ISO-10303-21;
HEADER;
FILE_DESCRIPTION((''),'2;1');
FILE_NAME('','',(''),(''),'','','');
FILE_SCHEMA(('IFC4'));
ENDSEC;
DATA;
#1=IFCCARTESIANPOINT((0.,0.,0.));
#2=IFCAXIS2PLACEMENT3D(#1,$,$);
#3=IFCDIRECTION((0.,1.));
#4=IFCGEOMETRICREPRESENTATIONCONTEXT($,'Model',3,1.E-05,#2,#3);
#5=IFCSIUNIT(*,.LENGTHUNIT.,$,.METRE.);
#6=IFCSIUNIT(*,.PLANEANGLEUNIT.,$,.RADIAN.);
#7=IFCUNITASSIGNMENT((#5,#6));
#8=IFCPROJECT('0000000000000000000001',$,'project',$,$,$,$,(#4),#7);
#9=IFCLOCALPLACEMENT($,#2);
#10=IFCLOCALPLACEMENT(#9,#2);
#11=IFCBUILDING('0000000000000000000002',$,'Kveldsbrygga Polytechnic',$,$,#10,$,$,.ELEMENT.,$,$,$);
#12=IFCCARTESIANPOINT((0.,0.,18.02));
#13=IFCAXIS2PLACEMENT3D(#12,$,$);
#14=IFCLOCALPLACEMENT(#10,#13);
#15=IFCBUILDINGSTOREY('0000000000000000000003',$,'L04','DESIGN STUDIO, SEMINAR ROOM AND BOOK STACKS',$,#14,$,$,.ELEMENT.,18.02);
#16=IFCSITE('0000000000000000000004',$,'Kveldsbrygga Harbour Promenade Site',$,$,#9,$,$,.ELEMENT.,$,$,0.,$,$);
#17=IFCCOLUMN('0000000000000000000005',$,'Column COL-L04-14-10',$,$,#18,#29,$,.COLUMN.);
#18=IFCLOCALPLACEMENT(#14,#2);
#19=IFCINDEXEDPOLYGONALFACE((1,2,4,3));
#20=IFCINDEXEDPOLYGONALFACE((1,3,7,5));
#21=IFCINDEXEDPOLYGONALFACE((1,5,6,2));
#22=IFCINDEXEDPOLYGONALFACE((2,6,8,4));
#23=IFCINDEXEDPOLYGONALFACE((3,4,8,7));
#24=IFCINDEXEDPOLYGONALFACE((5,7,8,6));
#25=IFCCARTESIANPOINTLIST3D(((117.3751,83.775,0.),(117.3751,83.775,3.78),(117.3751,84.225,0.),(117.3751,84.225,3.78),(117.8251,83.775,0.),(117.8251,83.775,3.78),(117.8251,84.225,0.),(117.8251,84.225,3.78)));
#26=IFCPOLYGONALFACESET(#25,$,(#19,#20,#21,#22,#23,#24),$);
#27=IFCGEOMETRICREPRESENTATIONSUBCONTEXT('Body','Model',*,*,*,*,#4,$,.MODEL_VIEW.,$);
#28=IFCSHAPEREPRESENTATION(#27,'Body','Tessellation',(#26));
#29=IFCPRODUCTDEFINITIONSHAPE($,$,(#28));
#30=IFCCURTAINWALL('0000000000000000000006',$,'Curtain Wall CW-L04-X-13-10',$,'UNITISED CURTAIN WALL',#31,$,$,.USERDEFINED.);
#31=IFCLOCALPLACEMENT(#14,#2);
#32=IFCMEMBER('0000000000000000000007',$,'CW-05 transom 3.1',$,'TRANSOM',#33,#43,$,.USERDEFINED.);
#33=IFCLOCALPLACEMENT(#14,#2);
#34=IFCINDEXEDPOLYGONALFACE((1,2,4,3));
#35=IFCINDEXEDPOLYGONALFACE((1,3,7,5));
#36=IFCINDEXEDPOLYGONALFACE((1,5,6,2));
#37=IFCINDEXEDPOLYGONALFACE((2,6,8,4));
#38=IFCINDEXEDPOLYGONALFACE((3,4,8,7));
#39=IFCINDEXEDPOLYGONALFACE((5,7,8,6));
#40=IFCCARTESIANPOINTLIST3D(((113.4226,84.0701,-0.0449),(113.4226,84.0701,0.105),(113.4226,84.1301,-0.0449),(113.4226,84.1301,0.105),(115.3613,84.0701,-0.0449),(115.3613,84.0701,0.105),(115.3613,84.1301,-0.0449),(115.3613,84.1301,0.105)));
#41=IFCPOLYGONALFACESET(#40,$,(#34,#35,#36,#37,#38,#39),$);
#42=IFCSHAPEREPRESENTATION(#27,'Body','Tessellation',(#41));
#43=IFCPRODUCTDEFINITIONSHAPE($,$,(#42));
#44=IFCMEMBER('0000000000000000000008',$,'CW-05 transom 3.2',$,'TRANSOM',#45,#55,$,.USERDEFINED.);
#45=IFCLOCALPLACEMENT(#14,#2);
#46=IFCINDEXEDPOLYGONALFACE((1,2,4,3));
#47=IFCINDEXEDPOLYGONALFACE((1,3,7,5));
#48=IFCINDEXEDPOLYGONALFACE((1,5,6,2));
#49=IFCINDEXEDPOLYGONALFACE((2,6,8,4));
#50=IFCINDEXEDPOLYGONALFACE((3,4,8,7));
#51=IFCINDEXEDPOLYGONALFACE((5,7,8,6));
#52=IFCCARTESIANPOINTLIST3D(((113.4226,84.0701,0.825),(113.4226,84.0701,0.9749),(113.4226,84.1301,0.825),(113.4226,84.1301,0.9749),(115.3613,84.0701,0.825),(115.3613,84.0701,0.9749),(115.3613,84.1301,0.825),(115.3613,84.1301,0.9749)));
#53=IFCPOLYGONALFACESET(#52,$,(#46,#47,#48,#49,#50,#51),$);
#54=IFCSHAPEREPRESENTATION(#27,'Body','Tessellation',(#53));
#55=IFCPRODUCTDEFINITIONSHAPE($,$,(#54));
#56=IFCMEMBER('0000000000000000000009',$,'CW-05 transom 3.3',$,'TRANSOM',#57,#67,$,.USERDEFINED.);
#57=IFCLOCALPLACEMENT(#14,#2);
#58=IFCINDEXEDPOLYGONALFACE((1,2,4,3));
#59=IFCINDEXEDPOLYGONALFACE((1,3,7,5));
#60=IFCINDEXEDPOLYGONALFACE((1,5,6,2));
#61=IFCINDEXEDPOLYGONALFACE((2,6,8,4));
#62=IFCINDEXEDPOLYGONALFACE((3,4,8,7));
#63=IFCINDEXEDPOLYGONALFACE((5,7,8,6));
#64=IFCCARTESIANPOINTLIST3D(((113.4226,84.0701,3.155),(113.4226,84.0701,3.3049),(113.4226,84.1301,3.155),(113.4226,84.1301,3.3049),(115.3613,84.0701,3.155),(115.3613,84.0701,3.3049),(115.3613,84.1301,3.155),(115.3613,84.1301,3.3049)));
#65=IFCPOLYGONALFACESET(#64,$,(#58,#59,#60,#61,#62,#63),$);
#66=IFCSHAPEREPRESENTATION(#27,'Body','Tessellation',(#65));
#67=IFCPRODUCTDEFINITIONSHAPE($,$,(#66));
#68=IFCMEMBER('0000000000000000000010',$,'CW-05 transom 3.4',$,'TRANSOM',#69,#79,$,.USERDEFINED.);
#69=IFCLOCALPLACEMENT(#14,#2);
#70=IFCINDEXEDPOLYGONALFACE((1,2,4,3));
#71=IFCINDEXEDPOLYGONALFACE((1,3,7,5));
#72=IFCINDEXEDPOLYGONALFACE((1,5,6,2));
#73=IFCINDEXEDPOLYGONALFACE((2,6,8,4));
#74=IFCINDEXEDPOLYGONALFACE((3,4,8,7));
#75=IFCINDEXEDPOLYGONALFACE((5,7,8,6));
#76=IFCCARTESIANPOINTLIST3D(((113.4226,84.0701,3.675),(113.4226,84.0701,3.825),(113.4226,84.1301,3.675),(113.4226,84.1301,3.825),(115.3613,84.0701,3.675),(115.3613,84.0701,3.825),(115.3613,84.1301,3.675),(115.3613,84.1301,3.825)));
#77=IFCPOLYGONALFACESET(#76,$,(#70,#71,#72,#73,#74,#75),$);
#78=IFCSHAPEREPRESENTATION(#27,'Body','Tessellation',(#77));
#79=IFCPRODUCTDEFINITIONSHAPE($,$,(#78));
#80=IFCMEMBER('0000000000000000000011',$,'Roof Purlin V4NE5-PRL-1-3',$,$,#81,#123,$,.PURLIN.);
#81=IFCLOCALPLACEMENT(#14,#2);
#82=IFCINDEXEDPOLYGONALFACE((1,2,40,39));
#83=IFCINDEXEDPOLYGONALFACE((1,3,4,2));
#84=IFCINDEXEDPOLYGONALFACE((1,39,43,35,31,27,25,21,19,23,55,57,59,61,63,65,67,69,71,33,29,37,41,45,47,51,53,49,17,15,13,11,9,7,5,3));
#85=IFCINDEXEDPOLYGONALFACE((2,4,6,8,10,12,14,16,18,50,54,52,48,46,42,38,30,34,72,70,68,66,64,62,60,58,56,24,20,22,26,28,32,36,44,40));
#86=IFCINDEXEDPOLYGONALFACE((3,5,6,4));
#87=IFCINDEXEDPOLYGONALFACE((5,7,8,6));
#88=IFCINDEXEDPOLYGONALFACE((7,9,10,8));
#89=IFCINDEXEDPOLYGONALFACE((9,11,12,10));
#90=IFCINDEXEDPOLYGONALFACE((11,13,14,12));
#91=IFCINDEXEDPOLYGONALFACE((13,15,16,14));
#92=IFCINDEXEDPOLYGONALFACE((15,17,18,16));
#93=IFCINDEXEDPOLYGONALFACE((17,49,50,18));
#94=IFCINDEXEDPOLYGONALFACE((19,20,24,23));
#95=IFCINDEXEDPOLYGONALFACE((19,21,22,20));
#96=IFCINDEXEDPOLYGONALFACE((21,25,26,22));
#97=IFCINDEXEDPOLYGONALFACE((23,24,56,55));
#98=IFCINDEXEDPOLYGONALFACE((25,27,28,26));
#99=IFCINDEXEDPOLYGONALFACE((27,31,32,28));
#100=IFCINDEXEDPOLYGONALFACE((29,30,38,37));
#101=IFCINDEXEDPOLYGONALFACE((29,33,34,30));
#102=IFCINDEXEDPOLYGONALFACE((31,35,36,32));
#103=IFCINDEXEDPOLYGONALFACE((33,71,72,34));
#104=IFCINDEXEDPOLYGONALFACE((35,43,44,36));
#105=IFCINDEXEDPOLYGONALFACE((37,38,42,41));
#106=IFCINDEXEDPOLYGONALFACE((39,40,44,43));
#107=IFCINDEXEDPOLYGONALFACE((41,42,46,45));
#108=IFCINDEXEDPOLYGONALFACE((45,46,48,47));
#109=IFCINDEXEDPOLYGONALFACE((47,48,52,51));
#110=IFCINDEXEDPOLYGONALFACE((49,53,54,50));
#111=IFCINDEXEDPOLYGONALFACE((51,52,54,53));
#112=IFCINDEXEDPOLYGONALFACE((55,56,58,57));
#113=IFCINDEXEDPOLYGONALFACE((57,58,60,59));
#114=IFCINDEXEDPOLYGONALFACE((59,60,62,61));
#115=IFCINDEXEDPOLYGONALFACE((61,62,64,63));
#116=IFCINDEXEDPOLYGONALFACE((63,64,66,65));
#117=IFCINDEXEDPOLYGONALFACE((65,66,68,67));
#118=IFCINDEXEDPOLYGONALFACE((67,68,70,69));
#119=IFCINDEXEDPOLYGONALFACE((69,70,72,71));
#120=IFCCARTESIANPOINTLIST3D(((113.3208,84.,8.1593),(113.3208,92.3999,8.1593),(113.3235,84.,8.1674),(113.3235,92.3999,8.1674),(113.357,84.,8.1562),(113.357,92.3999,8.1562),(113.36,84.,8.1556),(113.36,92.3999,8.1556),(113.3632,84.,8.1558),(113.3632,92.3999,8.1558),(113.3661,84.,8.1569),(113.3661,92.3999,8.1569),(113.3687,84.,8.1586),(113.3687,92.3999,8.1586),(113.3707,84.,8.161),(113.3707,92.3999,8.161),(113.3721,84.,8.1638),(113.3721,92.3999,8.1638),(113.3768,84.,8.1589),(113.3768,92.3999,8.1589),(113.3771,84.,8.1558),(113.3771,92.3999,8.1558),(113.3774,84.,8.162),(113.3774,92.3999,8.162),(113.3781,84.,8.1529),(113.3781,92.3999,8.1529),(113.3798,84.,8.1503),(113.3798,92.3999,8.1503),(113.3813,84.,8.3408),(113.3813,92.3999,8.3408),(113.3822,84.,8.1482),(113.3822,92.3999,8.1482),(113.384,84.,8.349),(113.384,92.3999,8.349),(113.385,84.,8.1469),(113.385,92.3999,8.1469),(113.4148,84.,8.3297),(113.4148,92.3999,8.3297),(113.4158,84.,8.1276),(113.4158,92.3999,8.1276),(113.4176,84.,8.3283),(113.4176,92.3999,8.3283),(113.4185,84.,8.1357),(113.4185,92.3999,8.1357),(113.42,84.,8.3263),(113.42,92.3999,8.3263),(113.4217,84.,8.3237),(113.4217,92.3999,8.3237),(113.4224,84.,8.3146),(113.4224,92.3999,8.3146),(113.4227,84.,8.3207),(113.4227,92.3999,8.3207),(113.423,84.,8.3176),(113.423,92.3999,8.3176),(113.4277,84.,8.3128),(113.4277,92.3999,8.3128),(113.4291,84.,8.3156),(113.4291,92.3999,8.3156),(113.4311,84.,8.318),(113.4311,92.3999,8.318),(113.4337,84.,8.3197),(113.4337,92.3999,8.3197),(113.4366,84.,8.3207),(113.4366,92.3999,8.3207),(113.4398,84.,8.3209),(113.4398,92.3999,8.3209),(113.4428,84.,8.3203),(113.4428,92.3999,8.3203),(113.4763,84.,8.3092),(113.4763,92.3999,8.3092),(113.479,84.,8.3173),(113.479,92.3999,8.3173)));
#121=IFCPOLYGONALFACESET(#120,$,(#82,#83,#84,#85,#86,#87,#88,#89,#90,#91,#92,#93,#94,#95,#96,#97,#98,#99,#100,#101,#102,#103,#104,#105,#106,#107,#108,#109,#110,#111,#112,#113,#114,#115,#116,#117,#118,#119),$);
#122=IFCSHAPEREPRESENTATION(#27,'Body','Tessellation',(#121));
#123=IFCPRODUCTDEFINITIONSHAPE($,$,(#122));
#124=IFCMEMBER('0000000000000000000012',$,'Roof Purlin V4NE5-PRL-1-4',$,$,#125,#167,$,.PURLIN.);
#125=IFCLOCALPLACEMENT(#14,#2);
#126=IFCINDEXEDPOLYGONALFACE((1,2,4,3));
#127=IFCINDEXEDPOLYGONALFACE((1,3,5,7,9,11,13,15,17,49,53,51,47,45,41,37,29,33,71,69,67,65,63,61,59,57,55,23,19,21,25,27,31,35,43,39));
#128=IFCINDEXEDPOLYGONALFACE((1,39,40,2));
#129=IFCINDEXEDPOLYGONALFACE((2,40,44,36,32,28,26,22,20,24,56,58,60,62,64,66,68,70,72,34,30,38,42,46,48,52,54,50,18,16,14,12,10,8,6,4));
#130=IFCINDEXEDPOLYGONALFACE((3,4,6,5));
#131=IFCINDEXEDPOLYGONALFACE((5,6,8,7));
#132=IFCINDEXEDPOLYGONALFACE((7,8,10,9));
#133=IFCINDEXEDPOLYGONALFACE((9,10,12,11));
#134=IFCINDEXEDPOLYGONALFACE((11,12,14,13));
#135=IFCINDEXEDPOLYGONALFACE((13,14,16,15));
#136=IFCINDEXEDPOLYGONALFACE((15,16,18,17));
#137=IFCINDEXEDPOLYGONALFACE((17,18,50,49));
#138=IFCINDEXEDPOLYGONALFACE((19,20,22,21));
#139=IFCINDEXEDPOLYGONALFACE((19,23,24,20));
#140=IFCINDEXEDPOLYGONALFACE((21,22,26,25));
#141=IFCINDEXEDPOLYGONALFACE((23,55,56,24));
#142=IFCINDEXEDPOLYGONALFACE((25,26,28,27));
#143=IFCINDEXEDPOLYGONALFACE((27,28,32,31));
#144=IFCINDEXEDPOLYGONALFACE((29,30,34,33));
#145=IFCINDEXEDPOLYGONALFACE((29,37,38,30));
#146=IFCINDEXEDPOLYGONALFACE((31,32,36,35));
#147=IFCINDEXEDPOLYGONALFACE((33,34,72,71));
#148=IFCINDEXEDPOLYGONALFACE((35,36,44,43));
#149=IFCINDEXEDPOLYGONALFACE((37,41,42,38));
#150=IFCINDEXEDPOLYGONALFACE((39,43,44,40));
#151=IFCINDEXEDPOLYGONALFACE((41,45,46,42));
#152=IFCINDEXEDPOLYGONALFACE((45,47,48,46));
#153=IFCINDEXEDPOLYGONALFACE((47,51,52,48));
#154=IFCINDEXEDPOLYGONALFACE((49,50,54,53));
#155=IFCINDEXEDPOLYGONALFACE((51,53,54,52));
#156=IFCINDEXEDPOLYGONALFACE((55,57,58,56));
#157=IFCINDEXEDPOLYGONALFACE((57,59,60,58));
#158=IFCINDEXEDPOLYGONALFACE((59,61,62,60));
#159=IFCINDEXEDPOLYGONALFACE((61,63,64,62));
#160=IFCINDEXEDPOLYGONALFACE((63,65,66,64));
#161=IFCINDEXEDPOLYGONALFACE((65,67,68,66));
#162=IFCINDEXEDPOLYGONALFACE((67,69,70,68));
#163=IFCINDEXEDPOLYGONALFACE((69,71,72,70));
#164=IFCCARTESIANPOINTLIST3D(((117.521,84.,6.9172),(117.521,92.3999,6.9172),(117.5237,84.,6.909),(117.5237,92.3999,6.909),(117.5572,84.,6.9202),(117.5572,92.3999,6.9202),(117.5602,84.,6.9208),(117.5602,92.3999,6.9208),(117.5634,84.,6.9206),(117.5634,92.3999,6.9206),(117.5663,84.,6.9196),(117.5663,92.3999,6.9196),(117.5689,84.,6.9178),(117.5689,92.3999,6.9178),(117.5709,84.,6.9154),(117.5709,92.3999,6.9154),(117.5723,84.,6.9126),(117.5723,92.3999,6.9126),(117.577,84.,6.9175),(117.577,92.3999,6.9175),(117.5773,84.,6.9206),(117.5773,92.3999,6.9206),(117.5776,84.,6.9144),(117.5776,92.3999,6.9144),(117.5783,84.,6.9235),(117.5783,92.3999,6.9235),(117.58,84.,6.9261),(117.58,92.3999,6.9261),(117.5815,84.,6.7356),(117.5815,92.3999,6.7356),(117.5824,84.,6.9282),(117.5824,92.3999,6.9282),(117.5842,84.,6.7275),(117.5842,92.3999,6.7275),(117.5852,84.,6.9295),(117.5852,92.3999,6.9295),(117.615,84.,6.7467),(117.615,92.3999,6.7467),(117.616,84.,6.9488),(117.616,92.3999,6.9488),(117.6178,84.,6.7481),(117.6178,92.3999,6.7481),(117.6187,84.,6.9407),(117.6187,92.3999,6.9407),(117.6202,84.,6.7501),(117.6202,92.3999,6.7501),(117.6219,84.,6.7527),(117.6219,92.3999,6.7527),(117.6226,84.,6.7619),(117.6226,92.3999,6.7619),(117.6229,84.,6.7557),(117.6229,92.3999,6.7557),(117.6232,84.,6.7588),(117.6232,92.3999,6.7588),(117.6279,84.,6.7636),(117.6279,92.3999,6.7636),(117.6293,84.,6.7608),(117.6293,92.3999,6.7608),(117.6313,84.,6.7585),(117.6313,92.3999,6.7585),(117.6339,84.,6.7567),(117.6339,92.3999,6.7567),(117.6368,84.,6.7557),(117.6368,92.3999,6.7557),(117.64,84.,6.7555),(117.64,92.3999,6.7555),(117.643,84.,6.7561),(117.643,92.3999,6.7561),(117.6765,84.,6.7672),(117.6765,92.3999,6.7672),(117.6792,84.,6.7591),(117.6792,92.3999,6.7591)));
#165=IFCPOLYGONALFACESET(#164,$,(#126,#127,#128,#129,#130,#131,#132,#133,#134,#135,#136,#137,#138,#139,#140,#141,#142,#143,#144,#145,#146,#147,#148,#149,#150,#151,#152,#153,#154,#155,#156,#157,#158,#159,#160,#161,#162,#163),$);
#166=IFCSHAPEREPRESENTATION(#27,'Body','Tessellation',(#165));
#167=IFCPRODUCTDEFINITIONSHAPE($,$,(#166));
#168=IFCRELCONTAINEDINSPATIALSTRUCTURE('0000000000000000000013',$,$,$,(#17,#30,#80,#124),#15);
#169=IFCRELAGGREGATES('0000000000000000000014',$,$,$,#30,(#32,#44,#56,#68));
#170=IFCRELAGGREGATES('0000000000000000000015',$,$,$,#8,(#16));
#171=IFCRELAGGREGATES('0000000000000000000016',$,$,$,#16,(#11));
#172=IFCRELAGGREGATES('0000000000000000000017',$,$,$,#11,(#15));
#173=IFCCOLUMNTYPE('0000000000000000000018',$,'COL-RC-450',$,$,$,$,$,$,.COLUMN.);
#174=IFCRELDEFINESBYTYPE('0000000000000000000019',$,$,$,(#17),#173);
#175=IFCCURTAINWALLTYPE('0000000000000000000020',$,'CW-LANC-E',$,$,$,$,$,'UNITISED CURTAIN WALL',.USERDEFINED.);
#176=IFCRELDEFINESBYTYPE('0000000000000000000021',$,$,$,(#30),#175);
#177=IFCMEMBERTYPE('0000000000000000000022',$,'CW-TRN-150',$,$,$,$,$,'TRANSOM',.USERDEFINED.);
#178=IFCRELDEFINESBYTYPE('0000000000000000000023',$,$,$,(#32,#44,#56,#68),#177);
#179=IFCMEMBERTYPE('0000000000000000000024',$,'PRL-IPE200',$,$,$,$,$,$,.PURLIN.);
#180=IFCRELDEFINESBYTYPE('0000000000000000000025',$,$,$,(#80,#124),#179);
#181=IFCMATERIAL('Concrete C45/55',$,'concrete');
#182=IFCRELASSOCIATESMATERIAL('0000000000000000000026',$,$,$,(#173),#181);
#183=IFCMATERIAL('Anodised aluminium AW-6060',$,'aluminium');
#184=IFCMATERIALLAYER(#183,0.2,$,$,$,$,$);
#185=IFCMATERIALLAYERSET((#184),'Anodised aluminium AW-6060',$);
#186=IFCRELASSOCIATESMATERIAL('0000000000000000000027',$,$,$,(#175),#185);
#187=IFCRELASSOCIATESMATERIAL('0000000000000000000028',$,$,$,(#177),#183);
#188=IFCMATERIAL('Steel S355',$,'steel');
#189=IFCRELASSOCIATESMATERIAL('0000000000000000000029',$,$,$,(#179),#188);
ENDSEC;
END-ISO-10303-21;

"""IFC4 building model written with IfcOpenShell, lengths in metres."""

from ifc_helpers import new_model, si_unit, direction, frame, origin, origin_2d, place, context, subcontext, project, spatial, rectangle, i_section, extrude, material, layer, layer_set, material_profile, profile_set, type_object, element, aggregate, save


model = new_model("IFC4")

# Units and contexts
model_context = context("Model", 3, precision=1e-05, world=origin(), true_north=direction((0.0, 1.0)))
body_context = subcontext(model_context, "Body", "Model", "MODEL_VIEW")
ifc_project = project(units=[si_unit("LENGTHUNIT", "METRE"), si_unit("PLANEANGLEUNIT", "RADIAN")], contexts=[model_context])

# Site, building, storey
site_placement = place(None, origin())
site = spatial("IfcSite", under=ifc_project, at=site_placement, Name="Kveldsbrygga Harbour Promenade Site", CompositionType="ELEMENT", RefElevation=0.0)
building_placement = place(site_placement, origin())
building = spatial("IfcBuilding", under=site, at=building_placement, Name="Kveldsbrygga Polytechnic", CompositionType="ELEMENT")
storey_placement = place(building_placement, frame((0.0, 0.0, 18.02)))
storey = spatial("IfcBuildingStorey", under=building, at=storey_placement, Name="L04", Description="DESIGN STUDIO, SEMINAR ROOM AND BOOK STACKS", CompositionType="ELEMENT", Elevation=18.02)

# Column
ifc_material_1 = material(Name="Concrete C45/55", Category="concrete")
ifc_material_profile_1 = material_profile(ifc_material_1, rectangle(XDim=0.45, YDim=0.45, at=origin_2d()), Name="RC 450x450")
ifc_profile_set_1 = profile_set([ifc_material_profile_1], Name="Concrete C45/55")
column_type = type_object("IfcColumnType", Name="COL-RC-450", PredefinedType="COLUMN", material=ifc_profile_set_1)
column_placement = place(storey_placement, frame((117.6001, 84.0, 0.0), z_axis=(0.0, 0.0, 1.0), x_axis=(1.0, 0.0, 0.0)))
element("IfcColumn", 1, at=column_placement, inside=storey, type_object=column_type, Name="Column COL-L04-14-10", PredefinedType="COLUMN", context=body_context, shape_type="SweptSolid", body=[
    extrude(rectangle(XDim=0.45, YDim=0.45, at=origin_2d()), origin(), (0.0, 0.0, 1.0), 3.78),
])

# Curtain wall, members
ifc_material_2 = material(Name="Anodised aluminium AW-6060", Category="aluminium")
ifc_layer_1 = layer(ifc_material_2, 0.2)
ifc_layer_set_1 = layer_set([ifc_layer_1], Name="Anodised aluminium AW-6060")
curtain_wall_type = type_object("IfcCurtainWallType", Name="CW-LANC-E", ElementType="UNITISED CURTAIN WALL", PredefinedType="USERDEFINED", material=ifc_layer_set_1)
curtain_wall_placement = place(storey_placement, origin())
curtain_wall = element("IfcCurtainWall", 2, at=curtain_wall_placement, inside=storey, type_object=curtain_wall_type, Name="Curtain Wall CW-L04-X-13-10", ObjectType="UNITISED CURTAIN WALL", PredefinedType="USERDEFINED")
ifc_material_profile_2 = material_profile(ifc_material_2, rectangle(XDim=0.0601, YDim=0.1499, at=origin_2d()), Name="ALU 60x150")
ifc_profile_set_2 = profile_set([ifc_material_profile_2], Name="Anodised aluminium AW-6060")
member_type_1 = type_object("IfcMemberType", Name="CW-TRN-150", ElementType="TRANSOM", PredefinedType="USERDEFINED", material=ifc_profile_set_2)
member_1_placement = place(storey_placement, frame((113.4226, 84.1001, 0.03), z_axis=(1.0, 0.0, 0.0), x_axis=(0.0, 1.0, 0.0)))
member_1 = element("IfcMember", 3, at=member_1_placement, type_object=member_type_1, Name="CW-05 transom 3.1", ObjectType="TRANSOM", PredefinedType="USERDEFINED", context=body_context, shape_type="SweptSolid", body=[
    extrude(rectangle(XDim=0.0601, YDim=0.1499, at=origin_2d()), origin(), (0.0, 0.0, 1.0), 1.9387),
])
member_2_placement = place(storey_placement, frame((113.4226, 84.1001, 0.8999), z_axis=(1.0, 0.0, 0.0), x_axis=(0.0, 1.0, 0.0)))
member_2 = element("IfcMember", 4, at=member_2_placement, type_object=member_type_1, Name="CW-05 transom 3.2", ObjectType="TRANSOM", PredefinedType="USERDEFINED", context=body_context, shape_type="SweptSolid", body=[
    extrude(rectangle(XDim=0.0601, YDim=0.1499, at=origin_2d()), origin(), (0.0, 0.0, 1.0), 1.9387),
])
member_3_placement = place(storey_placement, frame((113.4226, 84.1001, 3.23), z_axis=(1.0, 0.0, 0.0), x_axis=(0.0, 1.0, 0.0)))
member_3 = element("IfcMember", 5, at=member_3_placement, type_object=member_type_1, Name="CW-05 transom 3.3", ObjectType="TRANSOM", PredefinedType="USERDEFINED", context=body_context, shape_type="SweptSolid", body=[
    extrude(rectangle(XDim=0.0601, YDim=0.1499, at=origin_2d()), origin(), (0.0, 0.0, 1.0), 1.9387),
])
member_4_placement = place(storey_placement, frame((113.4226, 84.1001, 3.75), z_axis=(1.0, 0.0, 0.0), x_axis=(0.0, 1.0, 0.0)))
member_4 = element("IfcMember", 6, at=member_4_placement, type_object=member_type_1, Name="CW-05 transom 3.4", ObjectType="TRANSOM", PredefinedType="USERDEFINED", context=body_context, shape_type="SweptSolid", body=[
    extrude(rectangle(XDim=0.0601, YDim=0.1499, at=origin_2d()), origin(), (0.0, 0.0, 1.0), 1.9387),
])

# Members
ifc_material_3 = material(Name="Steel S355", Category="steel")
ifc_material_profile_3 = material_profile(ifc_material_3, i_section(OverallWidth=0.1001, OverallDepth=0.2, WebThickness=0.0056, FlangeThickness=0.0085, FilletRadius=0.012, at=origin_2d()), Name="IPE 200")
ifc_profile_set_3 = profile_set([ifc_material_profile_3], Name="Steel S355")
member_type_2 = type_object("IfcMemberType", Name="PRL-IPE200", PredefinedType="PURLIN", material=ifc_profile_set_3)
for number, where, z_axis, x_axis, name in (
    (7, (113.3999, 84.0, 8.2383), (0.0, 1.0, 0.0), (-0.948684, 0.0, 0.316227), "Roof Purlin V4NE5-PRL-1-3"),
    (8, (117.6001, 84.0, 6.8381), (0.0, 1.0, 0.0), (-0.948684, 0.0, -0.316227), "Roof Purlin V4NE5-PRL-1-4"),
):
    element("IfcMember", number, at=place(storey_placement, frame(where, z_axis=z_axis, x_axis=x_axis)), inside=storey, type_object=member_type_2, Name=name, PredefinedType="PURLIN", context=body_context, shape_type="SweptSolid", body=[
        extrude(i_section(OverallWidth=0.1001, OverallDepth=0.2, WebThickness=0.0056, FlangeThickness=0.0085, FilletRadius=0.012, at=origin_2d()), origin(), (0.0, 0.0, 1.0), 8.3999),
    ])

aggregate(curtain_wall, [member_1, member_2, member_3, member_4])

save(model, "model.ifc")
